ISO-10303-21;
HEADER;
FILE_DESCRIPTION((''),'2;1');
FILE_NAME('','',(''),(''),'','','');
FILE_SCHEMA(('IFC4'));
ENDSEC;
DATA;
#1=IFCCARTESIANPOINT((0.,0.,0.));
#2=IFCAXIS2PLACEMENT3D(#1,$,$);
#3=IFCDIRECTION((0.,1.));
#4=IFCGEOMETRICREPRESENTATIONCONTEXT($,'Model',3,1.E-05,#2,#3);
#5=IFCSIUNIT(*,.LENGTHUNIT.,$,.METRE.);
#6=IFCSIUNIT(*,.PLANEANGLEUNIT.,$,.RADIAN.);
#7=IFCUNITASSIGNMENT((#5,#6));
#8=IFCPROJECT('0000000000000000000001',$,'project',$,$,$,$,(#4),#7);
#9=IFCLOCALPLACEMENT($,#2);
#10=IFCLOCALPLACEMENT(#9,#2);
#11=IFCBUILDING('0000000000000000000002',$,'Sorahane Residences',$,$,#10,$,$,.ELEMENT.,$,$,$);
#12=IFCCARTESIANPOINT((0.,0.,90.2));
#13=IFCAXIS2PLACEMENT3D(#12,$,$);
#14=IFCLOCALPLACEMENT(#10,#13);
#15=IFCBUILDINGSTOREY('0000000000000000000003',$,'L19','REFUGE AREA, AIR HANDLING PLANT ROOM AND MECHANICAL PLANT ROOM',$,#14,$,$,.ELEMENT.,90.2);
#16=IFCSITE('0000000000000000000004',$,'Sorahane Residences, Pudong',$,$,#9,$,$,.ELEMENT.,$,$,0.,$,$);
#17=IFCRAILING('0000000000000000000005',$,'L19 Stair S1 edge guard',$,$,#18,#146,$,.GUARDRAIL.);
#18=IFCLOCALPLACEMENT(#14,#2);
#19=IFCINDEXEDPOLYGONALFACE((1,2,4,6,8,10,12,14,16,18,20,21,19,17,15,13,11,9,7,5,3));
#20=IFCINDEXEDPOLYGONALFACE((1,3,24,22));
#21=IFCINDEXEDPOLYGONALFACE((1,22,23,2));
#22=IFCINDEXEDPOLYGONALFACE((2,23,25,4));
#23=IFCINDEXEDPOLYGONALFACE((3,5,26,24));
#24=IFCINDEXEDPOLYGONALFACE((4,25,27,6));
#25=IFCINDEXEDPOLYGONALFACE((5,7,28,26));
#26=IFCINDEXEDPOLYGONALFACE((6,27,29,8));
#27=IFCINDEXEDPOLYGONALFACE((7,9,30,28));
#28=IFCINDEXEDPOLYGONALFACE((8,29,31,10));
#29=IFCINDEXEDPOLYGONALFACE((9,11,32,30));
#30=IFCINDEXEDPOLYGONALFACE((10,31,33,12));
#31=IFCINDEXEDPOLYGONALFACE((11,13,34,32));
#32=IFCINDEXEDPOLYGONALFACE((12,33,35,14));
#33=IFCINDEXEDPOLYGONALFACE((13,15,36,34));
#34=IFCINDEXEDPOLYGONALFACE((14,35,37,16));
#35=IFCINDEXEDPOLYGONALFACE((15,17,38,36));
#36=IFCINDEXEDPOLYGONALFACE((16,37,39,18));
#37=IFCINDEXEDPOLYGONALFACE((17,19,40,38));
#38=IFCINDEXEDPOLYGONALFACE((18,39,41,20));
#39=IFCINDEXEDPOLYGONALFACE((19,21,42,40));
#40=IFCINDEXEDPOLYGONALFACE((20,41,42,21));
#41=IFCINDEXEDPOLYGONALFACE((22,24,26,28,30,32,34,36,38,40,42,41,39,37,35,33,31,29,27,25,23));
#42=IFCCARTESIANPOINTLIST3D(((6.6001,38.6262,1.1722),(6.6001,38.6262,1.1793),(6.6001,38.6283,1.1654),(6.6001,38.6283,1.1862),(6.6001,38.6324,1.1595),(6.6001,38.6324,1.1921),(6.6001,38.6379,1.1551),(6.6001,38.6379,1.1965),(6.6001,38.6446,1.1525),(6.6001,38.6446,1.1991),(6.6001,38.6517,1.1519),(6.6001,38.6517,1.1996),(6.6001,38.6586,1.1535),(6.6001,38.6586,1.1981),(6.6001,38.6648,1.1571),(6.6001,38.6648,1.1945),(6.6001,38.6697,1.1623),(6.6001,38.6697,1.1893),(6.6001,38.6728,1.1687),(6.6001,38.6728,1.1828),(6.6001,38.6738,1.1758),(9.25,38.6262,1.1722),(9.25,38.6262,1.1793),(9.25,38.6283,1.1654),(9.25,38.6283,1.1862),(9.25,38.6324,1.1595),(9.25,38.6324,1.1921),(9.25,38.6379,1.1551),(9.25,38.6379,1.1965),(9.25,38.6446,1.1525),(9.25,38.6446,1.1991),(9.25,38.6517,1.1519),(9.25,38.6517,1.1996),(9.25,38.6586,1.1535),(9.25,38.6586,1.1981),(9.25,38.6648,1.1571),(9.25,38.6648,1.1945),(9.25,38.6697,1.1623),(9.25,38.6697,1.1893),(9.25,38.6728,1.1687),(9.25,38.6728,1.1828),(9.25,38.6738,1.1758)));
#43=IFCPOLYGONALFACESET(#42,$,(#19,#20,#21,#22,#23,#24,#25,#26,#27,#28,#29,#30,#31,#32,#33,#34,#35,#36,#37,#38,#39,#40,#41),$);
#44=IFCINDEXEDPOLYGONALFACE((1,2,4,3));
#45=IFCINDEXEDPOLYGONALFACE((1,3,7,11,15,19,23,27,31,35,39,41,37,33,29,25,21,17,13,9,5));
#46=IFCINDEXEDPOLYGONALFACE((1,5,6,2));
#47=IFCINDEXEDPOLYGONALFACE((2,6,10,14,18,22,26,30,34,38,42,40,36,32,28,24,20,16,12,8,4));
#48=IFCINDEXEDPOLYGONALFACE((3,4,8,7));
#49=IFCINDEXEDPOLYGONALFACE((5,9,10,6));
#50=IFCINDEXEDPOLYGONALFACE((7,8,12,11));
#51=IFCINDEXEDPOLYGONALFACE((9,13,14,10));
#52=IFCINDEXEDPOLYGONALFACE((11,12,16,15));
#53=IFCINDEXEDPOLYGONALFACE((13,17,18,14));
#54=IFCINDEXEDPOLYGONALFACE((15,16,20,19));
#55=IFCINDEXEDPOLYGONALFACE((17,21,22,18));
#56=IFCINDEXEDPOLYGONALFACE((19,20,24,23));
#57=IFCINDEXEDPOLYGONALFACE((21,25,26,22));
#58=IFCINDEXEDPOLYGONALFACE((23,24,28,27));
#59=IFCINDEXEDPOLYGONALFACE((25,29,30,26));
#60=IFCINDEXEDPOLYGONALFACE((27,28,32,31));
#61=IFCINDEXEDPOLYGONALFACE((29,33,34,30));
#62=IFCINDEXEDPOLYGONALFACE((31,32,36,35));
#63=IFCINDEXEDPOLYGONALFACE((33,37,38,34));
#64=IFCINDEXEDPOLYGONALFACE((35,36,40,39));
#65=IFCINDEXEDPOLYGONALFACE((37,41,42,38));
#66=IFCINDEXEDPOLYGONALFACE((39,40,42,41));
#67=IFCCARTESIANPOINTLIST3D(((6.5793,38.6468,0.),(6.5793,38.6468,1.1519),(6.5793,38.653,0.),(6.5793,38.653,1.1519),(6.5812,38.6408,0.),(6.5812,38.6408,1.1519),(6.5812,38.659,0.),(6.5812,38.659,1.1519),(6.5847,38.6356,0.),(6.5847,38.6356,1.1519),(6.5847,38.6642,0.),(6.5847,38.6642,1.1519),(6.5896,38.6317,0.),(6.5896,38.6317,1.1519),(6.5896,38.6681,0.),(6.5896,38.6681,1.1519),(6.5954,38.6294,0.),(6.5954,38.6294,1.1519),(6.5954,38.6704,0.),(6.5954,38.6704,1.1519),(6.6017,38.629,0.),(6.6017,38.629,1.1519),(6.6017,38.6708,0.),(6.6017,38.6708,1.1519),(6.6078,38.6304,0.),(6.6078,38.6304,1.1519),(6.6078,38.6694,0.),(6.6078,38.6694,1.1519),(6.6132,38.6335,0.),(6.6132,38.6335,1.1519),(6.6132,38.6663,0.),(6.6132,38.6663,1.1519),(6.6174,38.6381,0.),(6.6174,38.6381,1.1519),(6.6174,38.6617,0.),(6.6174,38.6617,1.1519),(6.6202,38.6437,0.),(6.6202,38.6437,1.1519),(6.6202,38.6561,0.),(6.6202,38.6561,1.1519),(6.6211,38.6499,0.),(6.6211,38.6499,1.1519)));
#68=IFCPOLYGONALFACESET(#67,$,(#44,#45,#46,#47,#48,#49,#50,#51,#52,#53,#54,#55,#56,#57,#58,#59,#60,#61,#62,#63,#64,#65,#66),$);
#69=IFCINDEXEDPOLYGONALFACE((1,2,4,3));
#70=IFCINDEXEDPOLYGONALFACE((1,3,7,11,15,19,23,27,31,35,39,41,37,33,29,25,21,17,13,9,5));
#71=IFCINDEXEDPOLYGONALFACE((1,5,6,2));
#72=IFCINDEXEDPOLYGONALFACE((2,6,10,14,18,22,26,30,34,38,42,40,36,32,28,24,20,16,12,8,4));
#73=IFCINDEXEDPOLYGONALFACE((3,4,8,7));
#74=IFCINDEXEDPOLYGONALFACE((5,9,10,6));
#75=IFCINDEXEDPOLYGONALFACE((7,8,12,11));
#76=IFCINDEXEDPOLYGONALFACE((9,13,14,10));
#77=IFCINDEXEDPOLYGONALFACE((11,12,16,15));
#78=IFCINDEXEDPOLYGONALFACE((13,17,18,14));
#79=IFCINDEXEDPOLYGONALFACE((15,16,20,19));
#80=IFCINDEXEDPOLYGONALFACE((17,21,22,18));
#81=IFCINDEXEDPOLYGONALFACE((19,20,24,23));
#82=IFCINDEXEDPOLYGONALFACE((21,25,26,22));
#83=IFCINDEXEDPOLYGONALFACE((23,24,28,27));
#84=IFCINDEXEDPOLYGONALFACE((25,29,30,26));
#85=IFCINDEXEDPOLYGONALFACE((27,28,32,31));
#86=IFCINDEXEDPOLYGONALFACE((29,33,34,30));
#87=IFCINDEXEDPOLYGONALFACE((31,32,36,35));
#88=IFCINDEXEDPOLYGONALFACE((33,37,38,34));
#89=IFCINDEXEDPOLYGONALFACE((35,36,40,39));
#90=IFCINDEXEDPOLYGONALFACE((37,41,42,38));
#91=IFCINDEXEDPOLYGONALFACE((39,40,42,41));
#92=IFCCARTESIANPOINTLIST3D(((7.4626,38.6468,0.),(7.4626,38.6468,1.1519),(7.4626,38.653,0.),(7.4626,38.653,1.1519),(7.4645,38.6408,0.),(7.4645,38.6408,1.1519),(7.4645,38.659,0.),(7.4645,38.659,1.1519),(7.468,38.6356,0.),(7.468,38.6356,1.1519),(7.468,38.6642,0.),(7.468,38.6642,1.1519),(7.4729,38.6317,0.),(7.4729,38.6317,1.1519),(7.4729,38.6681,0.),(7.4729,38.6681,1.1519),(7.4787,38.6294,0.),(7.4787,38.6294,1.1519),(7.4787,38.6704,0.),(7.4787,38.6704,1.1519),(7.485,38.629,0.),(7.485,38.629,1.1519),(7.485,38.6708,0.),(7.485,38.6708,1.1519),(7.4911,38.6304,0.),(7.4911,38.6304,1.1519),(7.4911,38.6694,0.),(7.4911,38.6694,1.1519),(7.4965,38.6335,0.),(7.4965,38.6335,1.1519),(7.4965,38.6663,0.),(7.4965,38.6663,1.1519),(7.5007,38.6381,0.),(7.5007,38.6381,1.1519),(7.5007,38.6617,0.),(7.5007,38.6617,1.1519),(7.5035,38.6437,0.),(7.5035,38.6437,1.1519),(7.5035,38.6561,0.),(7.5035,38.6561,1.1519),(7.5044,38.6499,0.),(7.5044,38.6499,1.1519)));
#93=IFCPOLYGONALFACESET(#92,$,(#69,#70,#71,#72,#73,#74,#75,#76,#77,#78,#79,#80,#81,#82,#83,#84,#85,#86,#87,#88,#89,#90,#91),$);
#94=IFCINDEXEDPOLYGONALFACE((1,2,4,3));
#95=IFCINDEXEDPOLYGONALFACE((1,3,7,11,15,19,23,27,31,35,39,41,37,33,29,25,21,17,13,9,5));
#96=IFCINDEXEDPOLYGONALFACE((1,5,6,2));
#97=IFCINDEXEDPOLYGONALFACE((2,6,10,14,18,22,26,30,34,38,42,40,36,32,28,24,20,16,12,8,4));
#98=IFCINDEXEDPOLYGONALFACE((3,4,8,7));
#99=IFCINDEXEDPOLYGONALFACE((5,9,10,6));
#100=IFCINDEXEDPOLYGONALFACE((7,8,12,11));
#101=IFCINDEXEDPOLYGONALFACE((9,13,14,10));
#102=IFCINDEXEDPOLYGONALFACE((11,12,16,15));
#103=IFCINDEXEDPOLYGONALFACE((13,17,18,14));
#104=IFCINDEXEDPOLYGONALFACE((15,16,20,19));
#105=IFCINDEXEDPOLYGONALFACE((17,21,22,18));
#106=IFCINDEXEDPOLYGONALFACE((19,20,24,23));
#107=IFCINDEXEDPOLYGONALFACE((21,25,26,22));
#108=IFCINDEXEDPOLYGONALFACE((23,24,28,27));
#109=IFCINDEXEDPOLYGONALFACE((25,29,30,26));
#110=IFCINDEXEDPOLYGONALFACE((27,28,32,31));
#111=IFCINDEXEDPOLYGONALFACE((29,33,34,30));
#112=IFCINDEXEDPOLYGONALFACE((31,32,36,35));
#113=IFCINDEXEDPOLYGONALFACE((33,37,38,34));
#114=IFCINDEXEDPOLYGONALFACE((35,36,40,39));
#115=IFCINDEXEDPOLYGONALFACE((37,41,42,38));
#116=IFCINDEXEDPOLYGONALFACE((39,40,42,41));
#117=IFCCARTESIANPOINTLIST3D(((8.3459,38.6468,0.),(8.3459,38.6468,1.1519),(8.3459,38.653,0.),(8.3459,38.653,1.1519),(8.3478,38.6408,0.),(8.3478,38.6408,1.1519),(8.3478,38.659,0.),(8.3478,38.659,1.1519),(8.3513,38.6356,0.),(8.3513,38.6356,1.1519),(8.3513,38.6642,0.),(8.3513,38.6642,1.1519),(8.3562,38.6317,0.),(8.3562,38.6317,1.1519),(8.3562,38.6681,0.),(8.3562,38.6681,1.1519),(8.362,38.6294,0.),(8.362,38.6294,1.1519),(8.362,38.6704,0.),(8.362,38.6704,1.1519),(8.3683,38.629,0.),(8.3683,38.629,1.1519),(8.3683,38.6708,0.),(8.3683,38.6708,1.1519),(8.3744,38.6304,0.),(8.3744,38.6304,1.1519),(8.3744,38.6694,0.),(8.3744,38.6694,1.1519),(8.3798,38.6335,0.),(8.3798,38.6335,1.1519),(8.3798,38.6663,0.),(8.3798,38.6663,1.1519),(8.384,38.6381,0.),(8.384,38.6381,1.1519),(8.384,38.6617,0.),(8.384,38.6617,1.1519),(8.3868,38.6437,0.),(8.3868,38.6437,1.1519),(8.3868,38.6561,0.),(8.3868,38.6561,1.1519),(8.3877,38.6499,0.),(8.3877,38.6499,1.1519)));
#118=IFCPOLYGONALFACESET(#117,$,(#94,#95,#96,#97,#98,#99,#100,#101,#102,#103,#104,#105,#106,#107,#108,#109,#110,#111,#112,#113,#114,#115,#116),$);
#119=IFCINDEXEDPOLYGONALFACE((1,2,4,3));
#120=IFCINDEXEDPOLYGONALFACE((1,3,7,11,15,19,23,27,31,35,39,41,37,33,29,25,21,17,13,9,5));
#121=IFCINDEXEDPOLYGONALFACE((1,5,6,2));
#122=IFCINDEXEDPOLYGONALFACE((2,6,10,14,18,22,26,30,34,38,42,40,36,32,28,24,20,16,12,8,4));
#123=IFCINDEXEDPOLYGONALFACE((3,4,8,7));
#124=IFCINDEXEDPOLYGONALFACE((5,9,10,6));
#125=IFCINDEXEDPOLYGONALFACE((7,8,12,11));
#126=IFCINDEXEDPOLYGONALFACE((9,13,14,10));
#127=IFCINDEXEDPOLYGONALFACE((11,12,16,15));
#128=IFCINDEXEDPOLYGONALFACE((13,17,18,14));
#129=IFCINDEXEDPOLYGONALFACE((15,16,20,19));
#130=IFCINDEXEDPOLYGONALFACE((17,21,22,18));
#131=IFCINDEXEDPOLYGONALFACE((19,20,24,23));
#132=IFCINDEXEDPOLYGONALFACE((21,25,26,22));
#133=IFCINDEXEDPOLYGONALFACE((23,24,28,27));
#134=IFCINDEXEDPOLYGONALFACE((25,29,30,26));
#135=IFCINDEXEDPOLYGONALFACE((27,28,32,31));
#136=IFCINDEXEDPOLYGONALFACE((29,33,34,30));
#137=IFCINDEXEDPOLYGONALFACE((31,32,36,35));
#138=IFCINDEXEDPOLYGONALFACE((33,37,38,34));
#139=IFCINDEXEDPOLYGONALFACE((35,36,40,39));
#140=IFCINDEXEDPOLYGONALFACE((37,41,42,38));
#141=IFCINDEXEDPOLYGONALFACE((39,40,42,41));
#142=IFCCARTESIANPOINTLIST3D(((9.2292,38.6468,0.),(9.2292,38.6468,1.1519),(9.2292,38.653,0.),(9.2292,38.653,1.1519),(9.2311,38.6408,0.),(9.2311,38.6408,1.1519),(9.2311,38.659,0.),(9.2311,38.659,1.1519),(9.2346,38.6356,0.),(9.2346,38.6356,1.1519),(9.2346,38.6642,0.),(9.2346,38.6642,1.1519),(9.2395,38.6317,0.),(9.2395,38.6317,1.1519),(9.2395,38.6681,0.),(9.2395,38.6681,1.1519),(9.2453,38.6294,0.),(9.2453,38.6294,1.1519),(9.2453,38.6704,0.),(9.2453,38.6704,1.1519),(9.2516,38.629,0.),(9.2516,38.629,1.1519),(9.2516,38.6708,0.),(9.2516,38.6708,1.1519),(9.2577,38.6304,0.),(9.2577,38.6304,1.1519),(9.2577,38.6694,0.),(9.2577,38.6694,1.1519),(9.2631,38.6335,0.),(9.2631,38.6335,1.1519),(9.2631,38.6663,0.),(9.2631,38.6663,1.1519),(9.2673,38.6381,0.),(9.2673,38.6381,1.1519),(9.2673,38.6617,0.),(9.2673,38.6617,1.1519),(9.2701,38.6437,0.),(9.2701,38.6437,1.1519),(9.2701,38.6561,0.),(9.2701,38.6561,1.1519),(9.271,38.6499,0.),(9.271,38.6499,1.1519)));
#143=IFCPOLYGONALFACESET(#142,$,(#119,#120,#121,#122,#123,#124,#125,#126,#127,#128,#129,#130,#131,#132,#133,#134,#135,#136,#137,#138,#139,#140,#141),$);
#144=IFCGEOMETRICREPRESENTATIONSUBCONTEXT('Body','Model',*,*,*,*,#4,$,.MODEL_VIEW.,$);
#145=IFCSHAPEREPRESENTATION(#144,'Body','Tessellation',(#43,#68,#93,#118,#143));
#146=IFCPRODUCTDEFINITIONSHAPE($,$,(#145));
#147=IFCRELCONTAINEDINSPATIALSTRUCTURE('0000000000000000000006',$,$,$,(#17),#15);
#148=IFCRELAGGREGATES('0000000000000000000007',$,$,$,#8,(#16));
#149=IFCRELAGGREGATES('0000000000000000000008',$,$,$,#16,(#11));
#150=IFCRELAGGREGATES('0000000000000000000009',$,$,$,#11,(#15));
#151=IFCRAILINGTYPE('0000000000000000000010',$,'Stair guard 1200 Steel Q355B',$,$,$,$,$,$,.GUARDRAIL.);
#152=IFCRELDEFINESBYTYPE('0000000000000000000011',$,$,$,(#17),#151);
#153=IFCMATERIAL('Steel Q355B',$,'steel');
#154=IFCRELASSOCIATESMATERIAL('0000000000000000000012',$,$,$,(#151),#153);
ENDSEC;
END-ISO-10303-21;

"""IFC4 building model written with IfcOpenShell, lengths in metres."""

from ifc_helpers import new_model, si_unit, direction, frame, origin, origin_2d, place, context, subcontext, project, spatial, circle, extrude, material, type_object, element, save


model = new_model("IFC4")

# Units and contexts
model_context = context("Model", 3, precision=1e-05, world=origin(), true_north=direction((0.0, 1.0)))
body_context = subcontext(model_context, "Body", "Model", "MODEL_VIEW")
ifc_project = project(units=[si_unit("LENGTHUNIT", "METRE"), si_unit("PLANEANGLEUNIT", "RADIAN")], contexts=[model_context])

# Site, building, storey
site_placement = place(None, origin())
site = spatial("IfcSite", under=ifc_project, at=site_placement, Name="Sorahane Residences, Pudong", CompositionType="ELEMENT", RefElevation=0.0)
building_placement = place(site_placement, origin())
building = spatial("IfcBuilding", under=site, at=building_placement, Name="Sorahane Residences", CompositionType="ELEMENT")
storey_placement = place(building_placement, frame((0.0, 0.0, 90.2)))
storey = spatial("IfcBuildingStorey", under=building, at=storey_placement, Name="L19", Description="REFUGE AREA, AIR HANDLING PLANT ROOM AND MECHANICAL PLANT ROOM", CompositionType="ELEMENT", Elevation=90.2)

# Railing
ifc_material_1 = material(Name="Steel Q355B", Category="steel")
railing_type_1 = type_object("IfcRailingType", Name="Stair guard 1200 Steel Q355B", PredefinedType="GUARDRAIL", material=ifc_material_1)
railing_1_placement = place(storey_placement, frame((6.6001, 38.6499, 0.0)))
element("IfcRailing", 1, at=railing_1_placement, inside=storey, type_object=railing_type_1, Name="L19 Stair S1 edge guard", PredefinedType="GUARDRAIL", context=body_context, shape_type="SweptSolid", body=[
    extrude(circle(Radius=0.0239, at=origin_2d()), frame((0.0, 0.0, 1.1758), z_axis=(1.0, 0.0, 0.0), x_axis=(0.0, 1.0, 0.0)), (0.0, 0.0, 1.0), 2.6499),
    extrude(circle(Radius=0.021, at=origin_2d()), origin(), (0.0, 0.0, 1.0), 1.1519),
    extrude(circle(Radius=0.021, at=origin_2d()), frame((0.8833, 0.0, 0.0)), (0.0, 0.0, 1.0), 1.1519),
    extrude(circle(Radius=0.021, at=origin_2d()), frame((1.7666, 0.0, 0.0)), (0.0, 0.0, 1.0), 1.1519),
    extrude(circle(Radius=0.021, at=origin_2d()), frame((2.6499, 0.0, 0.0)), (0.0, 0.0, 1.0), 1.1519),
])

save(model, "model.ifc")
